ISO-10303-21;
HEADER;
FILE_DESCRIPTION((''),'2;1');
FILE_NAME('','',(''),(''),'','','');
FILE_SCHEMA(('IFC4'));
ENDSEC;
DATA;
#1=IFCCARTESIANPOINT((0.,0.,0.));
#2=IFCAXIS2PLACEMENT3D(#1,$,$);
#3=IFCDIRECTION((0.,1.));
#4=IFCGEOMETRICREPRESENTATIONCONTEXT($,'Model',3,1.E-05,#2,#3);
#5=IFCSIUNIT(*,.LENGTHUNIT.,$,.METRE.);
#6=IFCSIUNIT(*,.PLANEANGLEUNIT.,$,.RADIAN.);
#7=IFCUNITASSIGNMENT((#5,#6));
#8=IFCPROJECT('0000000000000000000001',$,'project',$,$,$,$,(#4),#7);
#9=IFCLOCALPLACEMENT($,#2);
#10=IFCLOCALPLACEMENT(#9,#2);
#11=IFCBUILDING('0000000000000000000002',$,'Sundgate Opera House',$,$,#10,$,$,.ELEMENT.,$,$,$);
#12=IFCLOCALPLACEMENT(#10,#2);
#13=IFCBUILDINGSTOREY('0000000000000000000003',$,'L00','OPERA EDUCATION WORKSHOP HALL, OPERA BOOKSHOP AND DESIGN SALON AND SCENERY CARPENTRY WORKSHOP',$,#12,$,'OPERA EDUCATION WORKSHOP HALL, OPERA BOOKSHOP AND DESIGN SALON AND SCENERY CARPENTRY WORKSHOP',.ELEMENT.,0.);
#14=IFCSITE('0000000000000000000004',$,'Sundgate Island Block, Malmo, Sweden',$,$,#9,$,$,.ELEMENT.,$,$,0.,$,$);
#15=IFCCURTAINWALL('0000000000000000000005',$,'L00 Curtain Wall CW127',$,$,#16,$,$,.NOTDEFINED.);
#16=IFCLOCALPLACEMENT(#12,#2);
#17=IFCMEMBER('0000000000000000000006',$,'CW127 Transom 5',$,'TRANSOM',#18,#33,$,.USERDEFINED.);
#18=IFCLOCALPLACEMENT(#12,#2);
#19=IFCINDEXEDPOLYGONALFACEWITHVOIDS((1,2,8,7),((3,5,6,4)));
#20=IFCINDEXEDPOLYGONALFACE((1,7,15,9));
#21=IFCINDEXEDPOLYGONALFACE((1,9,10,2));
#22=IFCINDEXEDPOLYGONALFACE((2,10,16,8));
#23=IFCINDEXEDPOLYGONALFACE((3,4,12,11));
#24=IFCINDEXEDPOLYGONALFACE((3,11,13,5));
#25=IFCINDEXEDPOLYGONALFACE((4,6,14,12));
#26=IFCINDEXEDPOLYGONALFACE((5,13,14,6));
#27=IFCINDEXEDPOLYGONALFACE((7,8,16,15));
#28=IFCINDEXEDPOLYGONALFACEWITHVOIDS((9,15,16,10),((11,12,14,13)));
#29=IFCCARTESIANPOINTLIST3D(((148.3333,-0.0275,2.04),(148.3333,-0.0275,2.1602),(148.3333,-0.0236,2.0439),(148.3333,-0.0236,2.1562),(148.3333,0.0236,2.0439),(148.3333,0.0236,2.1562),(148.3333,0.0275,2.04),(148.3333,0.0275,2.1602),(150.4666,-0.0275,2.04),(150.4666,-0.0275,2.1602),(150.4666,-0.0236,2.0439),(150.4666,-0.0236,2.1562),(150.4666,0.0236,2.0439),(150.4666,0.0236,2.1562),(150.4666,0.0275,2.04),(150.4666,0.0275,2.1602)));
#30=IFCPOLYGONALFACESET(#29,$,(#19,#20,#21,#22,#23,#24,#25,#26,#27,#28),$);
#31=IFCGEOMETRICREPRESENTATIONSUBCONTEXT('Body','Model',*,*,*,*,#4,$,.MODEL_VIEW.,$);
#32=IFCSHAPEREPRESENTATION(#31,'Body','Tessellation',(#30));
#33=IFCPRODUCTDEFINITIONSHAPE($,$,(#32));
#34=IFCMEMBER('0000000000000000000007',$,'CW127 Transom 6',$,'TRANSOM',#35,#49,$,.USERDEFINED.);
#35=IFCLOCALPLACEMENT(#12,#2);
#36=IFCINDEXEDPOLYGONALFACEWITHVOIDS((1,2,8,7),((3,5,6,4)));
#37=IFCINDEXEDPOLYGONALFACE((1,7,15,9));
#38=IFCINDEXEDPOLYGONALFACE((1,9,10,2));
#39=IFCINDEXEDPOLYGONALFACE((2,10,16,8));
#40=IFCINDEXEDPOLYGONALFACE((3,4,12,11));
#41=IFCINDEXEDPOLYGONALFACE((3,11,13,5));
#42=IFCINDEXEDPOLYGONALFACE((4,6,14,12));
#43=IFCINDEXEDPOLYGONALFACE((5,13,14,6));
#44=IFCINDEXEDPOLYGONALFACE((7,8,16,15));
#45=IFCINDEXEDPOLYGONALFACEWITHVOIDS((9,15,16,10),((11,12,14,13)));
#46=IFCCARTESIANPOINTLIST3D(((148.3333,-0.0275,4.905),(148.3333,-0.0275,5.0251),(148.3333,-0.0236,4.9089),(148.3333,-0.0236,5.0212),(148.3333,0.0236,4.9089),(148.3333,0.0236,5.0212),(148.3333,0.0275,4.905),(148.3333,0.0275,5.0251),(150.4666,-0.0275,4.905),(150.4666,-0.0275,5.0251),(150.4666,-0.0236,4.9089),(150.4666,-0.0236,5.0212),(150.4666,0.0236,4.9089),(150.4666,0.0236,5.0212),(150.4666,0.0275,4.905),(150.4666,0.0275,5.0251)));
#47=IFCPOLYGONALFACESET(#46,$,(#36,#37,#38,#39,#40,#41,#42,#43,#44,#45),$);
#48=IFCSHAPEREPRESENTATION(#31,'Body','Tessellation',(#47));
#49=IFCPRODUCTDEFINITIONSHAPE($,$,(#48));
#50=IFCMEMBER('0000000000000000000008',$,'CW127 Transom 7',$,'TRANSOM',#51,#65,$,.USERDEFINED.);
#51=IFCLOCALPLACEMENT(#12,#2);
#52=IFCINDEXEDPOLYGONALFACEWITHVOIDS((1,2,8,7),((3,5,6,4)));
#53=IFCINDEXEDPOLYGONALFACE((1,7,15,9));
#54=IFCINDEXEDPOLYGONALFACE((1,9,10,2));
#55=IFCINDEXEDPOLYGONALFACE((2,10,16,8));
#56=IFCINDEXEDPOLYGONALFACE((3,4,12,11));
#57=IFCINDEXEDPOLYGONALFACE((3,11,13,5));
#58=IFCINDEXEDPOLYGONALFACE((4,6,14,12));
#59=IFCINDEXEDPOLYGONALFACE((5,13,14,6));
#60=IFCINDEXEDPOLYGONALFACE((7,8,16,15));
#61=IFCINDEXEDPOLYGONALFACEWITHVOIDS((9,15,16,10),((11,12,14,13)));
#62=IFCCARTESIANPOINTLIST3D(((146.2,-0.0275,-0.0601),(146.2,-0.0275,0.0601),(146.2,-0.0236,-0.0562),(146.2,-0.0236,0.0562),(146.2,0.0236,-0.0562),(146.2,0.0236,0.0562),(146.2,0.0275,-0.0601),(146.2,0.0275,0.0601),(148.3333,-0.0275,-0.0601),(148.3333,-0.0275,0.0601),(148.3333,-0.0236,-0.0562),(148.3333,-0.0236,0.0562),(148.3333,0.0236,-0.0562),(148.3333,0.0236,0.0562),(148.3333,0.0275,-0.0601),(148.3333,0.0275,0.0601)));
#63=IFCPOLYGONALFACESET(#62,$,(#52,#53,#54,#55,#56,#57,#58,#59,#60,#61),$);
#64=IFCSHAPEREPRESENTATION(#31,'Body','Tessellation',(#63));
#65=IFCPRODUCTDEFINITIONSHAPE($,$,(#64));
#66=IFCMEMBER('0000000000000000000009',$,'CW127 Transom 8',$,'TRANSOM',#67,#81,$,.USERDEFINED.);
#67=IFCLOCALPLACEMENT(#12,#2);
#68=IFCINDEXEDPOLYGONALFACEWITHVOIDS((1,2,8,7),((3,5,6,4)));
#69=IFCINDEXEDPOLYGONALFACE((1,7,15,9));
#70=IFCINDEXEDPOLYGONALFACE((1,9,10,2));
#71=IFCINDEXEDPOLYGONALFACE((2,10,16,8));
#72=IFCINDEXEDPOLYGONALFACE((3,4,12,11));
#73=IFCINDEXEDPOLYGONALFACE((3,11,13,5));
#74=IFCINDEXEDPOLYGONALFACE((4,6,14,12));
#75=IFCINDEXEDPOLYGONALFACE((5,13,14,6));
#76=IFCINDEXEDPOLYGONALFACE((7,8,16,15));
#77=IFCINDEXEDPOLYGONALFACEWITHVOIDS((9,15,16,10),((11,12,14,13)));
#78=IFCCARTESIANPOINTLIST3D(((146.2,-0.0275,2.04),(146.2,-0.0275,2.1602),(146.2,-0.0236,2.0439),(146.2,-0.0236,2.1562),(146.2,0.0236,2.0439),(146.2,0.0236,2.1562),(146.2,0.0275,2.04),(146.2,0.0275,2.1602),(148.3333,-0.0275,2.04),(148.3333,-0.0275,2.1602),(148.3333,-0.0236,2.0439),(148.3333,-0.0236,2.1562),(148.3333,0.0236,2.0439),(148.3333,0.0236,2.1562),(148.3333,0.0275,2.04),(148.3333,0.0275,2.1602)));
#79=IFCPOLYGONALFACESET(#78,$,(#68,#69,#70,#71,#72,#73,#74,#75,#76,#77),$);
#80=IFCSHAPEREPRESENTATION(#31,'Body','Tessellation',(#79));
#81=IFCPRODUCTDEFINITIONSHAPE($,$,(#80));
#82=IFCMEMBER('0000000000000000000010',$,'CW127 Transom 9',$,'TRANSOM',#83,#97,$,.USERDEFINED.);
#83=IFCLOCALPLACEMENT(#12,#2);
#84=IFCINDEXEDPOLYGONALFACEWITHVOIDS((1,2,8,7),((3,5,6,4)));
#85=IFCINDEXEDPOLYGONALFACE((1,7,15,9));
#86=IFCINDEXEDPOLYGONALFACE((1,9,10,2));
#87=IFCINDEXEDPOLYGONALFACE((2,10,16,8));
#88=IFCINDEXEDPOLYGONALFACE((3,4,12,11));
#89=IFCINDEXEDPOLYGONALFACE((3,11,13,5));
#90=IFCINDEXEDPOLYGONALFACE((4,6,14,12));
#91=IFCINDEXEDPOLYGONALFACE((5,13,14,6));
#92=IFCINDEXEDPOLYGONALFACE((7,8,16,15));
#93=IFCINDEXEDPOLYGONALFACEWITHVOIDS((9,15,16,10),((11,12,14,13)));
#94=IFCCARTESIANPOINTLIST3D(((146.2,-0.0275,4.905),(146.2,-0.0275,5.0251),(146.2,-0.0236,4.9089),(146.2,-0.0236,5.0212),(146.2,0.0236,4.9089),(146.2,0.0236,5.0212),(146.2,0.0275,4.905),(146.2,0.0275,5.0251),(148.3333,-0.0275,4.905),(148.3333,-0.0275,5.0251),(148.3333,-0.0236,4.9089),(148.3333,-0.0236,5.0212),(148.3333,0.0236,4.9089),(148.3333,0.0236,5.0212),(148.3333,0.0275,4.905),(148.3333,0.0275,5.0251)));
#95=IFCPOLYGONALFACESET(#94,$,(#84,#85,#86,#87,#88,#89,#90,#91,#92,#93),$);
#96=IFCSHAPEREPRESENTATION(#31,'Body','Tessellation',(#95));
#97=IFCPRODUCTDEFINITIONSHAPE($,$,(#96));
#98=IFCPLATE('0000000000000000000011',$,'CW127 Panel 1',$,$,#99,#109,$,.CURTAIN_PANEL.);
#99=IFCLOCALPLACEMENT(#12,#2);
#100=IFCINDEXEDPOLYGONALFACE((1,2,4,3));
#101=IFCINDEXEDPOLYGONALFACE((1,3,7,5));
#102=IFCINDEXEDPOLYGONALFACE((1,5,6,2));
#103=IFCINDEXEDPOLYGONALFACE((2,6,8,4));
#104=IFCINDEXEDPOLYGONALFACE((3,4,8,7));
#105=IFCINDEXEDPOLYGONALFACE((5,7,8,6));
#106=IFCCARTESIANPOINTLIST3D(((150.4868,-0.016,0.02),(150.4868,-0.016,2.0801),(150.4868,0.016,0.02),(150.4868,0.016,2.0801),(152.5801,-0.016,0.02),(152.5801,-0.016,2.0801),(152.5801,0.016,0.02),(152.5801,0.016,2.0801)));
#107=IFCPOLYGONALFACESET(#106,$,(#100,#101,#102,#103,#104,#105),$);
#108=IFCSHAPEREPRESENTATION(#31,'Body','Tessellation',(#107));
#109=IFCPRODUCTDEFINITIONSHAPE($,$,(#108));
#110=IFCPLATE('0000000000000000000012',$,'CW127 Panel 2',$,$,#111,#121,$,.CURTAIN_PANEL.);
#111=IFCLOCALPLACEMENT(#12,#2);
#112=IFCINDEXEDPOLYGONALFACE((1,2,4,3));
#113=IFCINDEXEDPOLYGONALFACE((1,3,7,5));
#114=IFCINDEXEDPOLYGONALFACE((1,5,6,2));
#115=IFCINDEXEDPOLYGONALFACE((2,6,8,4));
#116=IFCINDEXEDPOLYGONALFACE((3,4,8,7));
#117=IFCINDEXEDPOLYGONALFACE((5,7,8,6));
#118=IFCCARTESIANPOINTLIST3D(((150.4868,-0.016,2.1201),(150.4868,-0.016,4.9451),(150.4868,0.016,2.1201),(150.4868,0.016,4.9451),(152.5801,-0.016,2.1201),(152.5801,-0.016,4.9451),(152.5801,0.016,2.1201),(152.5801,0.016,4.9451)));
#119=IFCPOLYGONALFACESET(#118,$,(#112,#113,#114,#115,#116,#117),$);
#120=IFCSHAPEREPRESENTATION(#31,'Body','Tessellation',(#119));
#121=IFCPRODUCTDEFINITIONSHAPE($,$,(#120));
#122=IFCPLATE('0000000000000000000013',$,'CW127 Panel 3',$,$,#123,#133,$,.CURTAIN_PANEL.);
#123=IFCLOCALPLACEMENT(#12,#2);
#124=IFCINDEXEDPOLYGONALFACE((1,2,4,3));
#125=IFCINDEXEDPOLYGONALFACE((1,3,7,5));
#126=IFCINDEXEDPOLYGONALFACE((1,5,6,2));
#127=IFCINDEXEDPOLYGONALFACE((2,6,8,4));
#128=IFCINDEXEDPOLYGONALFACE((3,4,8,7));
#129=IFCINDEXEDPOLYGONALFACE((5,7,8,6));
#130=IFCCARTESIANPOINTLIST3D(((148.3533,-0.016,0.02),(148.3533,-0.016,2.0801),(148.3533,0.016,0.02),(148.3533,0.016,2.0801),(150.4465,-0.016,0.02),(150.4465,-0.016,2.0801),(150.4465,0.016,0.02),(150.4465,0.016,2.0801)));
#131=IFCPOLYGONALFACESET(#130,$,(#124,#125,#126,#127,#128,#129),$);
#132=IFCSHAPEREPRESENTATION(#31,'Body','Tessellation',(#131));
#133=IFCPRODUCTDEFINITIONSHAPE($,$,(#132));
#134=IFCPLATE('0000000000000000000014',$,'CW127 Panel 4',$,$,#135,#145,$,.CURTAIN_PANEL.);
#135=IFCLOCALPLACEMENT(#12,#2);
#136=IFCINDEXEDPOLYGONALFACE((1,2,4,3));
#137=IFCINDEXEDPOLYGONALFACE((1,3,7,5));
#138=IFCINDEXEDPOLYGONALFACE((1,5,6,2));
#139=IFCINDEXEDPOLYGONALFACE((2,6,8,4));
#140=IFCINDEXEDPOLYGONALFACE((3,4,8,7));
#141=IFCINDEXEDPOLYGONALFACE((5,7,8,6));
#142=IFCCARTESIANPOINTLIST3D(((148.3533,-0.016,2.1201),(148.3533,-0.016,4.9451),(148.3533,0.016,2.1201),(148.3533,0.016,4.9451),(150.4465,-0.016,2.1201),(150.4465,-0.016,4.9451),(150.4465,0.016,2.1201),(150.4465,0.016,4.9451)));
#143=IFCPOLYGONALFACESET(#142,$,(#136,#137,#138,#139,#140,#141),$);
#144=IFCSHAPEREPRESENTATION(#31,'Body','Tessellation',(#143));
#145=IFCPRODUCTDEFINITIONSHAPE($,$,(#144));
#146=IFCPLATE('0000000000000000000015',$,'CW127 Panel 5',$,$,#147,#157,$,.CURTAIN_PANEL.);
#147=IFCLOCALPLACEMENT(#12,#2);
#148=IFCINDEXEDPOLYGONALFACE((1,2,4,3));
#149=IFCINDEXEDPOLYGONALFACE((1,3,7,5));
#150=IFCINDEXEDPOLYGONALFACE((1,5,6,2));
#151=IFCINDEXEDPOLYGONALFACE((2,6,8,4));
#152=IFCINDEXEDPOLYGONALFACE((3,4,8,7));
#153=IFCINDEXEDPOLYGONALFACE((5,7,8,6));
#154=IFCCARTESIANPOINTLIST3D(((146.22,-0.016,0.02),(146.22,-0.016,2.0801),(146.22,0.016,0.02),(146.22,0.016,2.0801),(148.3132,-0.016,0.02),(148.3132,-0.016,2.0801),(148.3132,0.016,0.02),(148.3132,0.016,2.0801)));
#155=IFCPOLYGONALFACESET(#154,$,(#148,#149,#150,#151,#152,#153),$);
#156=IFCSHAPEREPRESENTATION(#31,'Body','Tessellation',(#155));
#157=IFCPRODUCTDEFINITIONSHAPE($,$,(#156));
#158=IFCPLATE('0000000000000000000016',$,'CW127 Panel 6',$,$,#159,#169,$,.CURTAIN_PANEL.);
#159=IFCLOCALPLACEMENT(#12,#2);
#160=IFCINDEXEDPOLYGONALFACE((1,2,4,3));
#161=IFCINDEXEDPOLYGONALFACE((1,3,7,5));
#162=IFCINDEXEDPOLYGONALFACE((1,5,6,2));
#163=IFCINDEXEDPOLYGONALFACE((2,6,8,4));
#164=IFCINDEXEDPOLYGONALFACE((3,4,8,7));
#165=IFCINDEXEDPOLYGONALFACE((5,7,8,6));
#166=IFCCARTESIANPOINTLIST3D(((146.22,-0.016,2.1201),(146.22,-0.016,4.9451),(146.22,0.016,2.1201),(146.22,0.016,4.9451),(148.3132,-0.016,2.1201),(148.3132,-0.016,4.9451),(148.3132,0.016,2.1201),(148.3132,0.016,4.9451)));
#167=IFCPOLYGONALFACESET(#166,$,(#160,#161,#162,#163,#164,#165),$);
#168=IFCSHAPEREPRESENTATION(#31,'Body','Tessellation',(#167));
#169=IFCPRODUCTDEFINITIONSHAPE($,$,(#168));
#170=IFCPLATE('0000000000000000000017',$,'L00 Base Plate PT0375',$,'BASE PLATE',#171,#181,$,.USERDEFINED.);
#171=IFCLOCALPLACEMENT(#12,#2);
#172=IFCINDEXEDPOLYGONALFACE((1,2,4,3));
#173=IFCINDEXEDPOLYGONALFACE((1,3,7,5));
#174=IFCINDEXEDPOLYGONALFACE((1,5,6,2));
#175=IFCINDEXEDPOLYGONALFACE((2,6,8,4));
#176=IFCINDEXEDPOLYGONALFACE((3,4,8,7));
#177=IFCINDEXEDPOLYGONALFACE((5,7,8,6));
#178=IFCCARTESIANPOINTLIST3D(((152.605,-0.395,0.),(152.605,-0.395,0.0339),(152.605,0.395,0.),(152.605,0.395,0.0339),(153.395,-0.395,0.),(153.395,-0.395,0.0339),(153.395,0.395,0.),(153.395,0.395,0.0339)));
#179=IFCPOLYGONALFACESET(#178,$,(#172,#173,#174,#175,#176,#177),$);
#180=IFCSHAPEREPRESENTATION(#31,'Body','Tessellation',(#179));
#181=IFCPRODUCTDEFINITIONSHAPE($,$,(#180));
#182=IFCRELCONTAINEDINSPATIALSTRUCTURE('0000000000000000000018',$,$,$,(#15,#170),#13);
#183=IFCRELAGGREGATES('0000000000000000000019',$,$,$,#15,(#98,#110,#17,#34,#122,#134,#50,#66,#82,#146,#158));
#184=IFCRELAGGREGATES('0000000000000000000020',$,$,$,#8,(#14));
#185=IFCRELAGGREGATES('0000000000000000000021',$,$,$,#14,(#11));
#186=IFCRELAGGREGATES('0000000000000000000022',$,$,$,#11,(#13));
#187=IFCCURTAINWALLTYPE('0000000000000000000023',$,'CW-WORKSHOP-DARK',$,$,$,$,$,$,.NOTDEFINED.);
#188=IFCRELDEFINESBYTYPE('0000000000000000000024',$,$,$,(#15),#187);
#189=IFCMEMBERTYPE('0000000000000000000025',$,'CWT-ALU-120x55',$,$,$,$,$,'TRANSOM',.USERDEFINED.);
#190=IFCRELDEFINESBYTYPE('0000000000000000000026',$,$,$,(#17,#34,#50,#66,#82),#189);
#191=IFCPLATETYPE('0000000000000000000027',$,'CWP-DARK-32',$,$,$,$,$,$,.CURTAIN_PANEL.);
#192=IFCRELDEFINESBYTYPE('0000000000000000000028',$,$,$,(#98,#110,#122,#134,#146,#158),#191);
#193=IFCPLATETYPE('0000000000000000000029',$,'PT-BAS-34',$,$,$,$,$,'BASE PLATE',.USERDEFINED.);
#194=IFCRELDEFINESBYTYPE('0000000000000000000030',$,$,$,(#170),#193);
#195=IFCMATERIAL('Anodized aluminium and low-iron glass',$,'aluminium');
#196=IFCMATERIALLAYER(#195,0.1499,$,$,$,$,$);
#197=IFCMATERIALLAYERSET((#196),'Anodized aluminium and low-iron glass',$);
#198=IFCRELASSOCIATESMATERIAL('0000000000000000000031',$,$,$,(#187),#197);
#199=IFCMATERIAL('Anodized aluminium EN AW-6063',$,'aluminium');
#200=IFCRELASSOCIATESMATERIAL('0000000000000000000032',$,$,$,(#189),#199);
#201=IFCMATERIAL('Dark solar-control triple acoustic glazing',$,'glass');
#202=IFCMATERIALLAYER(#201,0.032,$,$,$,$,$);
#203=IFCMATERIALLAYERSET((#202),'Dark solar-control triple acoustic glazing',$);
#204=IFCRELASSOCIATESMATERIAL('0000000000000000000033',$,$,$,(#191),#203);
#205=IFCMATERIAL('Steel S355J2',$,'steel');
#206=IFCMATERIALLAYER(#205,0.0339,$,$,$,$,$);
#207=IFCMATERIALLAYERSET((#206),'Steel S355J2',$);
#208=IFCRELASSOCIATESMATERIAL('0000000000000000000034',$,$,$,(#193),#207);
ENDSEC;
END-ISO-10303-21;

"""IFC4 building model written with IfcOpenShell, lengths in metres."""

from ifc_helpers import new_model, si_unit, direction, frame, origin, origin_2d, place, context, subcontext, project, spatial, rectangle, hollow_rectangle, extrude, material, layer, layer_set, material_profile, profile_set, type_object, element, aggregate, save


model = new_model("IFC4")

# Units and contexts
model_context = context("Model", 3, precision=1e-05, world=origin(), true_north=direction((0.0, 1.0)))
body_context = subcontext(model_context, "Body", "Model", "MODEL_VIEW")
ifc_project = project(units=[si_unit("LENGTHUNIT", "METRE"), si_unit("PLANEANGLEUNIT", "RADIAN")], contexts=[model_context])

# Site, building, storey
site_placement = place(None, origin())
site = spatial("IfcSite", under=ifc_project, at=site_placement, Name="Sundgate Island Block, Malmo, Sweden", CompositionType="ELEMENT", RefElevation=0.0)
building_placement = place(site_placement, origin())
building = spatial("IfcBuilding", under=site, at=building_placement, Name="Sundgate Opera House", CompositionType="ELEMENT")
storey_placement = place(building_placement, origin())
storey = spatial("IfcBuildingStorey", under=building, at=storey_placement, Name="L00", Description="OPERA EDUCATION WORKSHOP HALL, OPERA BOOKSHOP AND DESIGN SALON AND SCENERY CARPENTRY WORKSHOP", LongName="OPERA EDUCATION WORKSHOP HALL, OPERA BOOKSHOP AND DESIGN SALON AND SCENERY CARPENTRY WORKSHOP", CompositionType="ELEMENT", Elevation=0.0)

# Curtain wall, members, plates
ifc_material_1 = material(Name="Anodized aluminium and low-iron glass", Category="aluminium")
ifc_layer_1 = layer(ifc_material_1, 0.1499)
ifc_layer_set_1 = layer_set([ifc_layer_1], Name="Anodized aluminium and low-iron glass")
curtain_wall_type = type_object("IfcCurtainWallType", Name="CW-WORKSHOP-DARK", PredefinedType="NOTDEFINED", material=ifc_layer_set_1)
curtain_wall_placement = place(storey_placement, origin())
curtain_wall = element("IfcCurtainWall", 1, at=curtain_wall_placement, inside=storey, type_object=curtain_wall_type, Name="L00 Curtain Wall CW127", PredefinedType="NOTDEFINED")
ifc_material_2 = material(Name="Anodized aluminium EN AW-6063", Category="aluminium")
ifc_material_profile_1 = material_profile(ifc_material_2, hollow_rectangle(XDim=0.0549, YDim=0.1201, WallThickness=0.0039, at=origin_2d()), Name="CWT 120x55x4")
ifc_profile_set_1 = profile_set([ifc_material_profile_1], Name="Anodized aluminium EN AW-6063")
member_type_1 = type_object("IfcMemberType", Name="CWT-ALU-120x55", ElementType="TRANSOM", PredefinedType="USERDEFINED", material=ifc_profile_set_1)
member_1_placement = place(storey_placement, frame((150.4666, 0.0, 2.1001), z_axis=(-1.0, 0.0, 0.0), x_axis=(0.0, -1.0, 0.0)))
member_1 = element("IfcMember", 2, at=member_1_placement, type_object=member_type_1, Name="CW127 Transom 5", ObjectType="TRANSOM", PredefinedType="USERDEFINED", context=body_context, shape_type="SweptSolid", body=[
    extrude(hollow_rectangle(XDim=0.0549, YDim=0.1201, WallThickness=0.0039, at=origin_2d()), origin(), (0.0, 0.0, 1.0), 2.1333),
])
member_2_placement = place(storey_placement, frame((150.4666, 0.0, 4.9651), z_axis=(-1.0, 0.0, 0.0), x_axis=(0.0, -1.0, 0.0)))
member_2 = element("IfcMember", 3, at=member_2_placement, type_object=member_type_1, Name="CW127 Transom 6", ObjectType="TRANSOM", PredefinedType="USERDEFINED", context=body_context, shape_type="SweptSolid", body=[
    extrude(hollow_rectangle(XDim=0.0549, YDim=0.1201, WallThickness=0.0039, at=origin_2d()), origin(), (0.0, 0.0, 1.0), 2.1333),
])
member_3_placement = place(storey_placement, frame((148.3333, 0.0, 0.0), z_axis=(-1.0, 0.0, 0.0), x_axis=(0.0, -1.0, 0.0)))
member_3 = element("IfcMember", 4, at=member_3_placement, type_object=member_type_1, Name="CW127 Transom 7", ObjectType="TRANSOM", PredefinedType="USERDEFINED", context=body_context, shape_type="SweptSolid", body=[
    extrude(hollow_rectangle(XDim=0.0549, YDim=0.1201, WallThickness=0.0039, at=origin_2d()), origin(), (0.0, 0.0, 1.0), 2.1333),
])
member_4_placement = place(storey_placement, frame((148.3333, 0.0, 2.1001), z_axis=(-1.0, 0.0, 0.0), x_axis=(0.0, -1.0, 0.0)))
member_4 = element("IfcMember", 5, at=member_4_placement, type_object=member_type_1, Name="CW127 Transom 8", ObjectType="TRANSOM", PredefinedType="USERDEFINED", context=body_context, shape_type="SweptSolid", body=[
    extrude(hollow_rectangle(XDim=0.0549, YDim=0.1201, WallThickness=0.0039, at=origin_2d()), origin(), (0.0, 0.0, 1.0), 2.1333),
])
member_5_placement = place(storey_placement, frame((148.3333, 0.0, 4.9651), z_axis=(-1.0, 0.0, 0.0), x_axis=(0.0, -1.0, 0.0)))
member_5 = element("IfcMember", 6, at=member_5_placement, type_object=member_type_1, Name="CW127 Transom 9", ObjectType="TRANSOM", PredefinedType="USERDEFINED", context=body_context, shape_type="SweptSolid", body=[
    extrude(hollow_rectangle(XDim=0.0549, YDim=0.1201, WallThickness=0.0039, at=origin_2d()), origin(), (0.0, 0.0, 1.0), 2.1333),
])
ifc_material_3 = material(Name="Dark solar-control triple acoustic glazing", Category="glass")
ifc_layer_2 = layer(ifc_material_3, 0.032)
ifc_layer_set_2 = layer_set([ifc_layer_2], Name="Dark solar-control triple acoustic glazing")
plate_type_1 = type_object("IfcPlateType", Name="CWP-DARK-32", PredefinedType="CURTAIN_PANEL", material=ifc_layer_set_2)
plate_1_placement = place(storey_placement, frame((151.5334, 0.0, 0.02), z_axis=(0.0, 0.0, 1.0), x_axis=(-1.0, 0.0, 0.0)))
plate_1 = element("IfcPlate", 7, at=plate_1_placement, type_object=plate_type_1, Name="CW127 Panel 1", PredefinedType="CURTAIN_PANEL", context=body_context, shape_type="SweptSolid", body=[
    extrude(rectangle(XDim=2.0933, YDim=0.032, at=origin_2d()), origin(), (0.0, 0.0, 1.0), 2.0601),
])
plate_2_placement = place(storey_placement, frame((151.5334, 0.0, 2.1201), z_axis=(0.0, 0.0, 1.0), x_axis=(-1.0, 0.0, 0.0)))
plate_2 = element("IfcPlate", 8, at=plate_2_placement, type_object=plate_type_1, Name="CW127 Panel 2", PredefinedType="CURTAIN_PANEL", context=body_context, shape_type="SweptSolid", body=[
    extrude(rectangle(XDim=2.0933, YDim=0.032, at=origin_2d()), origin(), (0.0, 0.0, 1.0), 2.825),
])
plate_3_placement = place(storey_placement, frame((149.3999, 0.0, 0.02), z_axis=(0.0, 0.0, 1.0), x_axis=(-1.0, 0.0, 0.0)))
plate_3 = element("IfcPlate", 9, at=plate_3_placement, type_object=plate_type_1, Name="CW127 Panel 3", PredefinedType="CURTAIN_PANEL", context=body_context, shape_type="SweptSolid", body=[
    extrude(rectangle(XDim=2.0933, YDim=0.032, at=origin_2d()), origin(), (0.0, 0.0, 1.0), 2.0601),
])
plate_4_placement = place(storey_placement, frame((149.3999, 0.0, 2.1201), z_axis=(0.0, 0.0, 1.0), x_axis=(-1.0, 0.0, 0.0)))
plate_4 = element("IfcPlate", 10, at=plate_4_placement, type_object=plate_type_1, Name="CW127 Panel 4", PredefinedType="CURTAIN_PANEL", context=body_context, shape_type="SweptSolid", body=[
    extrude(rectangle(XDim=2.0933, YDim=0.032, at=origin_2d()), origin(), (0.0, 0.0, 1.0), 2.825),
])
plate_5_placement = place(storey_placement, frame((147.2666, 0.0, 0.02), z_axis=(0.0, 0.0, 1.0), x_axis=(-1.0, 0.0, 0.0)))
plate_5 = element("IfcPlate", 11, at=plate_5_placement, type_object=plate_type_1, Name="CW127 Panel 5", PredefinedType="CURTAIN_PANEL", context=body_context, shape_type="SweptSolid", body=[
    extrude(rectangle(XDim=2.0933, YDim=0.032, at=origin_2d()), origin(), (0.0, 0.0, 1.0), 2.0601),
])
plate_6_placement = place(storey_placement, frame((147.2666, 0.0, 2.1201), z_axis=(0.0, 0.0, 1.0), x_axis=(-1.0, 0.0, 0.0)))
plate_6 = element("IfcPlate", 12, at=plate_6_placement, type_object=plate_type_1, Name="CW127 Panel 6", PredefinedType="CURTAIN_PANEL", context=body_context, shape_type="SweptSolid", body=[
    extrude(rectangle(XDim=2.0933, YDim=0.032, at=origin_2d()), origin(), (0.0, 0.0, 1.0), 2.825),
])
aggregate(curtain_wall, [plate_1, plate_2, member_1, member_2, plate_3, plate_4, member_3, member_4, member_5, plate_5, plate_6])

# Plate
ifc_material_4 = material(Name="Steel S355J2", Category="steel")
ifc_layer_3 = layer(ifc_material_4, 0.0339)
ifc_layer_set_3 = layer_set([ifc_layer_3], Name="Steel S355J2")
plate_type_2 = type_object("IfcPlateType", Name="PT-BAS-34", ElementType="BASE PLATE", PredefinedType="USERDEFINED", material=ifc_layer_set_3)
plate_7_placement = place(storey_placement, frame((153.0, 0.0, 0.0), z_axis=(0.0, 0.0, 1.0), x_axis=(1.0, 0.0, 0.0)))
element("IfcPlate", 13, at=plate_7_placement, inside=storey, type_object=plate_type_2, Name="L00 Base Plate PT0375", ObjectType="BASE PLATE", PredefinedType="USERDEFINED", context=body_context, shape_type="SweptSolid", body=[
    extrude(rectangle(XDim=0.79, YDim=0.79, at=origin_2d()), origin(), (0.0, 0.0, 1.0), 0.0339),
])

save(model, "model.ifc")
